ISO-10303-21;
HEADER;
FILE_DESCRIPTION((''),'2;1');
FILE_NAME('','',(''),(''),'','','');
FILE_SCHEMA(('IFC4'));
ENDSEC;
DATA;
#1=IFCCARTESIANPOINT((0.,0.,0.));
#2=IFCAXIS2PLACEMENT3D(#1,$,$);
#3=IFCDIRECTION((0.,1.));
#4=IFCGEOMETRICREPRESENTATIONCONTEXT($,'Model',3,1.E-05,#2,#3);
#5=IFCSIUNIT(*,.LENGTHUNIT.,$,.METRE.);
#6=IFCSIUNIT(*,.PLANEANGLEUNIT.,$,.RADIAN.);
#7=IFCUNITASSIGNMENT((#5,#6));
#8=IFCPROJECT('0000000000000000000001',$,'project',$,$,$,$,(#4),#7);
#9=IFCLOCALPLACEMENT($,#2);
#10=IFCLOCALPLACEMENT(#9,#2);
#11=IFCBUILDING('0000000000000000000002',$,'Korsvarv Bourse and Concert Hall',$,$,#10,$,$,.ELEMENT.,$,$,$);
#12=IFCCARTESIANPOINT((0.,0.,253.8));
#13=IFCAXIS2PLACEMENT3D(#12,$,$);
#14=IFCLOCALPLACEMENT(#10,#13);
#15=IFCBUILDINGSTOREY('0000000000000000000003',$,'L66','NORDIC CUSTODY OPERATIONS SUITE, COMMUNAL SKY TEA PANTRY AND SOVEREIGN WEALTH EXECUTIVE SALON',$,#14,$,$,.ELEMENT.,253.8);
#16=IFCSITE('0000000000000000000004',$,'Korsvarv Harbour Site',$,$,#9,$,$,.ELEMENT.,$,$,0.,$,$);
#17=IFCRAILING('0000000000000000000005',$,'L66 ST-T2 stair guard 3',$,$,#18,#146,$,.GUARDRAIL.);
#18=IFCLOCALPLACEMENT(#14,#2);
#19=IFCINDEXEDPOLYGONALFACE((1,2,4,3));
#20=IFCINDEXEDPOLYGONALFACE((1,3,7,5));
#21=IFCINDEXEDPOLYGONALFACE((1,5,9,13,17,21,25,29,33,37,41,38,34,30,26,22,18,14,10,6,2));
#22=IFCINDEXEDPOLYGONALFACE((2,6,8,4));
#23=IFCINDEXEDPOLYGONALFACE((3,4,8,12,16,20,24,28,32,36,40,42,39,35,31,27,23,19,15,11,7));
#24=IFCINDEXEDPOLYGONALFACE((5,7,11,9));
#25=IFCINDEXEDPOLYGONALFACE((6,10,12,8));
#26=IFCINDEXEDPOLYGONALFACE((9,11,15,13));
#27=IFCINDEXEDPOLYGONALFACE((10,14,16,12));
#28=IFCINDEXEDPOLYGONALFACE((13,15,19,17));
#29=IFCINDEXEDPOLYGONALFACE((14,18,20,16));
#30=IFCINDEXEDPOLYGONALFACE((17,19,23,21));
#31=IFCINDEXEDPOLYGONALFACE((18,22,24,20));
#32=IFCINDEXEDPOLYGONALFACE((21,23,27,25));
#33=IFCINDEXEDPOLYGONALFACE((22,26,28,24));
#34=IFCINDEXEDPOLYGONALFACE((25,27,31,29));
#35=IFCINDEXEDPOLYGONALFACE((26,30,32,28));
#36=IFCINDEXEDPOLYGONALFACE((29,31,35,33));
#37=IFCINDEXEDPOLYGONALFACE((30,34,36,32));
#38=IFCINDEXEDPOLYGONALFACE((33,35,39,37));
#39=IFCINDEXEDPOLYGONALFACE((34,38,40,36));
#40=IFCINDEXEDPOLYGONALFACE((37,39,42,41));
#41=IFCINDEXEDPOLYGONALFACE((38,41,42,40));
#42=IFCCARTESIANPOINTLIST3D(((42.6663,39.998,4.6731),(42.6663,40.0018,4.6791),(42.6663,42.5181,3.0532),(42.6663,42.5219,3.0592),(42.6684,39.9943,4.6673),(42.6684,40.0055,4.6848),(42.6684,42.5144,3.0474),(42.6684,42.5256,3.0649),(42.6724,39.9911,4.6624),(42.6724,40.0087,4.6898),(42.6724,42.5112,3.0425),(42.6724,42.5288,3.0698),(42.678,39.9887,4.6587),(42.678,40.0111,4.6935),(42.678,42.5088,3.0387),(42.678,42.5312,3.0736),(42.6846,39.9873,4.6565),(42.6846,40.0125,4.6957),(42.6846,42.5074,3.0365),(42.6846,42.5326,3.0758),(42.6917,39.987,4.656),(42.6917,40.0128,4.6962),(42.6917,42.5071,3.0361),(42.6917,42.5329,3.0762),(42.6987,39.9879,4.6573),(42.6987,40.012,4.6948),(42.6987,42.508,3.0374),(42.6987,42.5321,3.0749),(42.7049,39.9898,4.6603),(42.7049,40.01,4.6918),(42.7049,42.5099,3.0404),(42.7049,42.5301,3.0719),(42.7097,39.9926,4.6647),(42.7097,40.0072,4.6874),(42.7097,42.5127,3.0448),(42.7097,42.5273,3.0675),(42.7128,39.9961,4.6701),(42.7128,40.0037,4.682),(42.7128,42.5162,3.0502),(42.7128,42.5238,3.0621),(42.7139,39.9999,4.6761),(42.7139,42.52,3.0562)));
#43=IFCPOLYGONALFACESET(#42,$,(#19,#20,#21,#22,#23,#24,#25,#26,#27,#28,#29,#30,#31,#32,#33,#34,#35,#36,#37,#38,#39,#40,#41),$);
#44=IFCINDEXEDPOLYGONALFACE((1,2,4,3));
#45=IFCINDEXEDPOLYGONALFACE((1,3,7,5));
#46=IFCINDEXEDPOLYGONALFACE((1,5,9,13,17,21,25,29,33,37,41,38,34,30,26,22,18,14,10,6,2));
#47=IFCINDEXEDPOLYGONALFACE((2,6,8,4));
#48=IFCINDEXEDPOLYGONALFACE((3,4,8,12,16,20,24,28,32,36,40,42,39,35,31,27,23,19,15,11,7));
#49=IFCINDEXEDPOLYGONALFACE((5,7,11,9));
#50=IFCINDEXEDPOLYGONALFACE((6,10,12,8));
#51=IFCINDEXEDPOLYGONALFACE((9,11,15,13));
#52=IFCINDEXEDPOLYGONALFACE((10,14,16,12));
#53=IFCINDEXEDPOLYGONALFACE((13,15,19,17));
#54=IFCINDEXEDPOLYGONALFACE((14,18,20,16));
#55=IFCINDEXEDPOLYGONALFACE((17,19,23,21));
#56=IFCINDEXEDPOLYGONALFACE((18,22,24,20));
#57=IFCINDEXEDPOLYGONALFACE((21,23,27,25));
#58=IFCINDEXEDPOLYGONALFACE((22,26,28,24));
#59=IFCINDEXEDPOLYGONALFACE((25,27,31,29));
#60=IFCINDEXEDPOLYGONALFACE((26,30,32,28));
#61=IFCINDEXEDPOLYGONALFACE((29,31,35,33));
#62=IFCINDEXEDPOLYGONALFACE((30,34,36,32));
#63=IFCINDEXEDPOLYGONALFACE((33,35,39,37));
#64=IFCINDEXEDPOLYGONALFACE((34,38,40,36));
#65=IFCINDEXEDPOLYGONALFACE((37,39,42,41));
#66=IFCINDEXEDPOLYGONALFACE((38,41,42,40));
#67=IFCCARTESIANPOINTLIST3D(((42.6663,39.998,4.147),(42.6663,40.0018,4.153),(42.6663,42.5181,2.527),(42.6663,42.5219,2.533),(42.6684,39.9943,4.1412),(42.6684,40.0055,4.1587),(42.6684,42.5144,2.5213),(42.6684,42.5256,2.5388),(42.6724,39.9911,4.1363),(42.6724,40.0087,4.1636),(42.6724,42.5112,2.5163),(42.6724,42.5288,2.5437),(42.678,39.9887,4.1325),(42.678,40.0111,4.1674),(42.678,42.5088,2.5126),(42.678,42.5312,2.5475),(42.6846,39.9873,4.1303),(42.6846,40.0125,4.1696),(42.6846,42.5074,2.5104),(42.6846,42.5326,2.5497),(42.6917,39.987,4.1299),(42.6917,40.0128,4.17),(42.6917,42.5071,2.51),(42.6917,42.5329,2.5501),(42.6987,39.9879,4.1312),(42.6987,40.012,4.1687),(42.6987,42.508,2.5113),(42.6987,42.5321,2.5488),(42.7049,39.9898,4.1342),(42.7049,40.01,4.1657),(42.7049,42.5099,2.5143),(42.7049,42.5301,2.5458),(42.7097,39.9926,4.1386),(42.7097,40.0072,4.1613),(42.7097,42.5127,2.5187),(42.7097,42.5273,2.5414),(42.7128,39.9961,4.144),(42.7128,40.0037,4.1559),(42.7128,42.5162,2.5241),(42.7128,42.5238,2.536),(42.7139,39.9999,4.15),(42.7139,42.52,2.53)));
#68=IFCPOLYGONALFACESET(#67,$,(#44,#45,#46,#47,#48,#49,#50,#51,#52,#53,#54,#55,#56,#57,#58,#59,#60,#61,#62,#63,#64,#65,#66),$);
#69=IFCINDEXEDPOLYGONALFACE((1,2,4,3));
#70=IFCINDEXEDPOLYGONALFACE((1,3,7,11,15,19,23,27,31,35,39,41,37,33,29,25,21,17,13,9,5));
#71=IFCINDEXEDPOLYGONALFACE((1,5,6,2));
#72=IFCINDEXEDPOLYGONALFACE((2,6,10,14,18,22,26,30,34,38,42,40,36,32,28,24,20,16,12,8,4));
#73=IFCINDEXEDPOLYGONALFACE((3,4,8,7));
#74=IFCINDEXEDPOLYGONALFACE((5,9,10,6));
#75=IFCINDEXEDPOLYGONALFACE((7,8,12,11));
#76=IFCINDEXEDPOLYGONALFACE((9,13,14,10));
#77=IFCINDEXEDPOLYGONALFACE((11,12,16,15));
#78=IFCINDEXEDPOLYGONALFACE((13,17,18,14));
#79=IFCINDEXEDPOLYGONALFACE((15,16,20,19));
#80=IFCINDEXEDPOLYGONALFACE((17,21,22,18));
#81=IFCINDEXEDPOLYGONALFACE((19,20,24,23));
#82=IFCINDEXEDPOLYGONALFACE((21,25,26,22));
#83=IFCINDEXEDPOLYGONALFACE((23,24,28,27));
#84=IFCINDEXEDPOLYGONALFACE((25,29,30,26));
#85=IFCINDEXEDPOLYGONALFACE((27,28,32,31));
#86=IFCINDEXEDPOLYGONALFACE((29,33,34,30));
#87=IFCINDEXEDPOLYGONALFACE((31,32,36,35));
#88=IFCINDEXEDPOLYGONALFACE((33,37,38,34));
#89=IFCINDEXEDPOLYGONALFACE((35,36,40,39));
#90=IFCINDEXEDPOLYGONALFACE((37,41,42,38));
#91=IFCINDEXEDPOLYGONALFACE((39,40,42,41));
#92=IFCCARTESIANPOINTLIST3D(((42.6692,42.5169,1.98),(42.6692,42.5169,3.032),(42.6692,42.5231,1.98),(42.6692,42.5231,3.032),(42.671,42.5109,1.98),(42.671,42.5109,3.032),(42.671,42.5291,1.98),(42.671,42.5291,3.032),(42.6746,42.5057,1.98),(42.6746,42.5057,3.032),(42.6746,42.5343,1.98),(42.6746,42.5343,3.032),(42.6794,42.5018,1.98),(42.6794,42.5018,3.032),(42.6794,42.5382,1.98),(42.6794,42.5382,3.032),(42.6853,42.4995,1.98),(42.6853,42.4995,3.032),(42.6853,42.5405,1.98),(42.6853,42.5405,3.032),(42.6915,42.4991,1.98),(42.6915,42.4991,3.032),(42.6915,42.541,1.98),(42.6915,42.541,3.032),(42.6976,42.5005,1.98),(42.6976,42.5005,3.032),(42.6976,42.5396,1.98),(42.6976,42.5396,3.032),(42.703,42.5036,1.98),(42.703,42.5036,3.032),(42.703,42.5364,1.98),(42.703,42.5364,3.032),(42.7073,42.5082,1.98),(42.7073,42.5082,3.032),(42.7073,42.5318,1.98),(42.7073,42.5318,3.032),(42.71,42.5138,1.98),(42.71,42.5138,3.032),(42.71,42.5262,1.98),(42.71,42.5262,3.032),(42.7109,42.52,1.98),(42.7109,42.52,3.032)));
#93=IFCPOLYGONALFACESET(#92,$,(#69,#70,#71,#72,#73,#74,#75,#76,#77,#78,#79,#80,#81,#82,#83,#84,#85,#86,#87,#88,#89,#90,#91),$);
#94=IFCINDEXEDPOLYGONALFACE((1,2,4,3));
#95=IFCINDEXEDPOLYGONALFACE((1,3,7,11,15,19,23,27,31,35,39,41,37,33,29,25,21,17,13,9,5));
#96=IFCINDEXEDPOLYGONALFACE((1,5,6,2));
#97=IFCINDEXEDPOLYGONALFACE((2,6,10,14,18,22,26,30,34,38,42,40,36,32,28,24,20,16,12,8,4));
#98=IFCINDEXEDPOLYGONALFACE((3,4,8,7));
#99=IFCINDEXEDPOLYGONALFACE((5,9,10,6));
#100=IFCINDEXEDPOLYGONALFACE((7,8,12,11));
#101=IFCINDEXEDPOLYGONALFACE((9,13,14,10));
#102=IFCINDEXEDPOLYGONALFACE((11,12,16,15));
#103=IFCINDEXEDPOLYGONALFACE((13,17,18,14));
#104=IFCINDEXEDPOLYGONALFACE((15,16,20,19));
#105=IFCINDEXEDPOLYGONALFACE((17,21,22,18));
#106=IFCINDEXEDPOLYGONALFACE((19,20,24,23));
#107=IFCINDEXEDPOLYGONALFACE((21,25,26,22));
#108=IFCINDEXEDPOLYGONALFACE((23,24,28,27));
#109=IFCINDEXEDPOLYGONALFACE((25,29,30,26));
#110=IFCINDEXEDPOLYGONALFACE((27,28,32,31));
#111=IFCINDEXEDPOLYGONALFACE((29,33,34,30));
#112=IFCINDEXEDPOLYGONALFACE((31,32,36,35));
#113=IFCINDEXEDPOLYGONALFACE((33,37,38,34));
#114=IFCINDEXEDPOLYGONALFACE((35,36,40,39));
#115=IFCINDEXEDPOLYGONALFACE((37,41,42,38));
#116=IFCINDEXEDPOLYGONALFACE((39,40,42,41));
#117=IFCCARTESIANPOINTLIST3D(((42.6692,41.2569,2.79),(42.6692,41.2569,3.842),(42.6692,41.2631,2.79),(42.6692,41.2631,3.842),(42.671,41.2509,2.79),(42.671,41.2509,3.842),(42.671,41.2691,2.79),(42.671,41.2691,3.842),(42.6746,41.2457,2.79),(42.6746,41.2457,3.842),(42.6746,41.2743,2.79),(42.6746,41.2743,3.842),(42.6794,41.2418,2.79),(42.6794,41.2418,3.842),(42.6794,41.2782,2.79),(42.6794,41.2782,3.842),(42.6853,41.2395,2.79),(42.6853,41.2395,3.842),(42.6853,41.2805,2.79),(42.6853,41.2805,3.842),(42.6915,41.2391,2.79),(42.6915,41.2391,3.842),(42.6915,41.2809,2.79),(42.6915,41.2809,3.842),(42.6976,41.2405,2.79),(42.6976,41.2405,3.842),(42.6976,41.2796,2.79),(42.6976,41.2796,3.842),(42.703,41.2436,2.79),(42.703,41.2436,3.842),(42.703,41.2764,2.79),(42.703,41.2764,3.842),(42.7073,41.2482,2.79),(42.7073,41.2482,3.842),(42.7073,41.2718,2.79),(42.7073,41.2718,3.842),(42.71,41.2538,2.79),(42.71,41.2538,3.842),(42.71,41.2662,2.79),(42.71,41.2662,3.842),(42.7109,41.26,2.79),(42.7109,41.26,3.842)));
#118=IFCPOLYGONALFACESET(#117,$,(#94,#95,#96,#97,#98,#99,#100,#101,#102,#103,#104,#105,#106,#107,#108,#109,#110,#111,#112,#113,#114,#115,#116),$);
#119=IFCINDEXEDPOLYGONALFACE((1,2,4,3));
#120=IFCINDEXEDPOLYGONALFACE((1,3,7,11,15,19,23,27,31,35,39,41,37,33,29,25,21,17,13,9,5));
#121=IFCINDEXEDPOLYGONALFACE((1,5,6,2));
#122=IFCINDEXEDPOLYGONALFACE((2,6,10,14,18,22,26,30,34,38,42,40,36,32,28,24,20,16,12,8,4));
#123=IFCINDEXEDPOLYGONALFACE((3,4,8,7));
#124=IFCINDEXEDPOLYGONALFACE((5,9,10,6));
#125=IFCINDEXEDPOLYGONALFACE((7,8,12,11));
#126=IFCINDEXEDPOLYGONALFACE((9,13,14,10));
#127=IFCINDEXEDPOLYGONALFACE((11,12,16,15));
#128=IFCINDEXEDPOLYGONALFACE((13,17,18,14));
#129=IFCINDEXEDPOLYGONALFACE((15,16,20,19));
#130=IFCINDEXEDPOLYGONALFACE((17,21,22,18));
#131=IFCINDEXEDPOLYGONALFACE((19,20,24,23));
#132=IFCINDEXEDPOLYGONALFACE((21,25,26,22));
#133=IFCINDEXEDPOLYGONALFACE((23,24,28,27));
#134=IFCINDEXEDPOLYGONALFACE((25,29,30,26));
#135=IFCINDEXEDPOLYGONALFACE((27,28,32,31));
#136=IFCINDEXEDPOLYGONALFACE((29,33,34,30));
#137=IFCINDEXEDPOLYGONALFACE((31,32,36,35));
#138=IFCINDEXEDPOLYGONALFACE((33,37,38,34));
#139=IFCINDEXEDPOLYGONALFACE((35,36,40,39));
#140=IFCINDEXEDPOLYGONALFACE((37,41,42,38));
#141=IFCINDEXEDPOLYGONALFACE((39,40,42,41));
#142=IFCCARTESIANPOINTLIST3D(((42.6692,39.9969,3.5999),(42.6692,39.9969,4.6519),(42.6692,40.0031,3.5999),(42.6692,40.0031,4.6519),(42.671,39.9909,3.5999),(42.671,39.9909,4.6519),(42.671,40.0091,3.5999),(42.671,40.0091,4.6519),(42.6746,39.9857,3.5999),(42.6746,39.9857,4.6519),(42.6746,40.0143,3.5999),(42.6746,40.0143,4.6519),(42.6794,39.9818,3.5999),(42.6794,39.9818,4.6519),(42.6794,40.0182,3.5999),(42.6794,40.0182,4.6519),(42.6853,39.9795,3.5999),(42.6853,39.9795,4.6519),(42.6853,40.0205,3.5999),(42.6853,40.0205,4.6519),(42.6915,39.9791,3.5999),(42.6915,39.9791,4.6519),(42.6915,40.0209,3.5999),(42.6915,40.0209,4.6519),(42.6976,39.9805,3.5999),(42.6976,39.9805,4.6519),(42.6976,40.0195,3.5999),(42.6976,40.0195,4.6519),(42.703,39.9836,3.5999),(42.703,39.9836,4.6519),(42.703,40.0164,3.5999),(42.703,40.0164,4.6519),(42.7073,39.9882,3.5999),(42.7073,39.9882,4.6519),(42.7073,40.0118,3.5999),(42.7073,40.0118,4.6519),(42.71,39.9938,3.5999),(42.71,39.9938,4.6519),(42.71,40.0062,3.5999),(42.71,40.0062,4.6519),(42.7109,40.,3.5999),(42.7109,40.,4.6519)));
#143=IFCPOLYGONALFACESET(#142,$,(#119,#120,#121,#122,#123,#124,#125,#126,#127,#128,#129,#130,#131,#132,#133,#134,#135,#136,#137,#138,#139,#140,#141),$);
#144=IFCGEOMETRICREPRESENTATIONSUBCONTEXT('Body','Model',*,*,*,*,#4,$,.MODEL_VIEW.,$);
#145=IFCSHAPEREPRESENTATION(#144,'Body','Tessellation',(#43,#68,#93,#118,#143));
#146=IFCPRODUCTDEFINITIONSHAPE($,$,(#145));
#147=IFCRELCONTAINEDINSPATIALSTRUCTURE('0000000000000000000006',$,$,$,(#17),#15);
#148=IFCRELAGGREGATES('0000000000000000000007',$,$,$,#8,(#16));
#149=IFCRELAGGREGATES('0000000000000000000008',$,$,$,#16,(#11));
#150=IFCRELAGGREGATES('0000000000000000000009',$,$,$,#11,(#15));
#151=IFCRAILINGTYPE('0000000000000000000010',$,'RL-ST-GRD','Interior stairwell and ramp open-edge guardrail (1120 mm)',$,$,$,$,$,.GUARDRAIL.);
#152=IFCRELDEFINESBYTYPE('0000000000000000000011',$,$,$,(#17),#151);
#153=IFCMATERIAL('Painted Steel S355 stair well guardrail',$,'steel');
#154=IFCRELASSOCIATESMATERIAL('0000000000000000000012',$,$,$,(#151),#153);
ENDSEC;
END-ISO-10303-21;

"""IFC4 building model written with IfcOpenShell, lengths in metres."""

from ifc_helpers import new_model, si_unit, direction, frame, origin, origin_2d, place, context, subcontext, project, spatial, circle, extrude, material, type_object, element, save


model = new_model("IFC4")

# Units and contexts
model_context = context("Model", 3, precision=1e-05, world=origin(), true_north=direction((0.0, 1.0)))
body_context = subcontext(model_context, "Body", "Model", "MODEL_VIEW")
ifc_project = project(units=[si_unit("LENGTHUNIT", "METRE"), si_unit("PLANEANGLEUNIT", "RADIAN")], contexts=[model_context])

# Site, building, storey
site_placement = place(None, origin())
site = spatial("IfcSite", under=ifc_project, at=site_placement, Name="Korsvarv Harbour Site", CompositionType="ELEMENT", RefElevation=0.0)
building_placement = place(site_placement, origin())
building = spatial("IfcBuilding", under=site, at=building_placement, Name="Korsvarv Bourse and Concert Hall", CompositionType="ELEMENT")
storey_placement = place(building_placement, frame((0.0, 0.0, 253.8)))
storey = spatial("IfcBuildingStorey", under=building, at=storey_placement, Name="L66", Description="NORDIC CUSTODY OPERATIONS SUITE, COMMUNAL SKY TEA PANTRY AND SOVEREIGN WEALTH EXECUTIVE SALON", CompositionType="ELEMENT", Elevation=253.8)

# Railing
ifc_material_1 = material(Name="Painted Steel S355 stair well guardrail", Category="steel")
railing_type_1 = type_object("IfcRailingType", Name="RL-ST-GRD", Description="Interior stairwell and ramp open-edge guardrail (1120 mm)", PredefinedType="GUARDRAIL", material=ifc_material_1)
railing_1_placement = place(storey_placement, frame((42.6899, 42.52, 1.98)))
element("IfcRailing", 1, at=railing_1_placement, inside=storey, type_object=railing_type_1, Name="L66 ST-T2 stair guard 3", PredefinedType="GUARDRAIL", context=body_context, shape_type="SweptSolid", body=[
    extrude(circle(Radius=0.0239, at=origin_2d()), frame((0.0, 0.0, 1.0762), z_axis=(0.0, -0.8412, 0.540725), x_axis=(1.0, 0.0, 0.0)), (0.0, 0.0, 1.0), 2.9958),
    extrude(circle(Radius=0.0239, at=origin_2d()), frame((0.0, 0.0, 0.55), z_axis=(0.0, -0.8412, 0.540725), x_axis=(1.0, 0.0, 0.0)), (0.0, 0.0, 1.0), 2.9958),
    extrude(circle(Radius=0.021, at=origin_2d()), origin(), (0.0, 0.0, 1.0), 1.052),
    extrude(circle(Radius=0.021, at=origin_2d()), frame((0.0, -1.26, 0.8101)), (0.0, 0.0, 1.0), 1.052),
    extrude(circle(Radius=0.021, at=origin_2d()), frame((0.0, -2.52, 1.6199)), (0.0, 0.0, 1.0), 1.052),
])

save(model, "model.ifc")
